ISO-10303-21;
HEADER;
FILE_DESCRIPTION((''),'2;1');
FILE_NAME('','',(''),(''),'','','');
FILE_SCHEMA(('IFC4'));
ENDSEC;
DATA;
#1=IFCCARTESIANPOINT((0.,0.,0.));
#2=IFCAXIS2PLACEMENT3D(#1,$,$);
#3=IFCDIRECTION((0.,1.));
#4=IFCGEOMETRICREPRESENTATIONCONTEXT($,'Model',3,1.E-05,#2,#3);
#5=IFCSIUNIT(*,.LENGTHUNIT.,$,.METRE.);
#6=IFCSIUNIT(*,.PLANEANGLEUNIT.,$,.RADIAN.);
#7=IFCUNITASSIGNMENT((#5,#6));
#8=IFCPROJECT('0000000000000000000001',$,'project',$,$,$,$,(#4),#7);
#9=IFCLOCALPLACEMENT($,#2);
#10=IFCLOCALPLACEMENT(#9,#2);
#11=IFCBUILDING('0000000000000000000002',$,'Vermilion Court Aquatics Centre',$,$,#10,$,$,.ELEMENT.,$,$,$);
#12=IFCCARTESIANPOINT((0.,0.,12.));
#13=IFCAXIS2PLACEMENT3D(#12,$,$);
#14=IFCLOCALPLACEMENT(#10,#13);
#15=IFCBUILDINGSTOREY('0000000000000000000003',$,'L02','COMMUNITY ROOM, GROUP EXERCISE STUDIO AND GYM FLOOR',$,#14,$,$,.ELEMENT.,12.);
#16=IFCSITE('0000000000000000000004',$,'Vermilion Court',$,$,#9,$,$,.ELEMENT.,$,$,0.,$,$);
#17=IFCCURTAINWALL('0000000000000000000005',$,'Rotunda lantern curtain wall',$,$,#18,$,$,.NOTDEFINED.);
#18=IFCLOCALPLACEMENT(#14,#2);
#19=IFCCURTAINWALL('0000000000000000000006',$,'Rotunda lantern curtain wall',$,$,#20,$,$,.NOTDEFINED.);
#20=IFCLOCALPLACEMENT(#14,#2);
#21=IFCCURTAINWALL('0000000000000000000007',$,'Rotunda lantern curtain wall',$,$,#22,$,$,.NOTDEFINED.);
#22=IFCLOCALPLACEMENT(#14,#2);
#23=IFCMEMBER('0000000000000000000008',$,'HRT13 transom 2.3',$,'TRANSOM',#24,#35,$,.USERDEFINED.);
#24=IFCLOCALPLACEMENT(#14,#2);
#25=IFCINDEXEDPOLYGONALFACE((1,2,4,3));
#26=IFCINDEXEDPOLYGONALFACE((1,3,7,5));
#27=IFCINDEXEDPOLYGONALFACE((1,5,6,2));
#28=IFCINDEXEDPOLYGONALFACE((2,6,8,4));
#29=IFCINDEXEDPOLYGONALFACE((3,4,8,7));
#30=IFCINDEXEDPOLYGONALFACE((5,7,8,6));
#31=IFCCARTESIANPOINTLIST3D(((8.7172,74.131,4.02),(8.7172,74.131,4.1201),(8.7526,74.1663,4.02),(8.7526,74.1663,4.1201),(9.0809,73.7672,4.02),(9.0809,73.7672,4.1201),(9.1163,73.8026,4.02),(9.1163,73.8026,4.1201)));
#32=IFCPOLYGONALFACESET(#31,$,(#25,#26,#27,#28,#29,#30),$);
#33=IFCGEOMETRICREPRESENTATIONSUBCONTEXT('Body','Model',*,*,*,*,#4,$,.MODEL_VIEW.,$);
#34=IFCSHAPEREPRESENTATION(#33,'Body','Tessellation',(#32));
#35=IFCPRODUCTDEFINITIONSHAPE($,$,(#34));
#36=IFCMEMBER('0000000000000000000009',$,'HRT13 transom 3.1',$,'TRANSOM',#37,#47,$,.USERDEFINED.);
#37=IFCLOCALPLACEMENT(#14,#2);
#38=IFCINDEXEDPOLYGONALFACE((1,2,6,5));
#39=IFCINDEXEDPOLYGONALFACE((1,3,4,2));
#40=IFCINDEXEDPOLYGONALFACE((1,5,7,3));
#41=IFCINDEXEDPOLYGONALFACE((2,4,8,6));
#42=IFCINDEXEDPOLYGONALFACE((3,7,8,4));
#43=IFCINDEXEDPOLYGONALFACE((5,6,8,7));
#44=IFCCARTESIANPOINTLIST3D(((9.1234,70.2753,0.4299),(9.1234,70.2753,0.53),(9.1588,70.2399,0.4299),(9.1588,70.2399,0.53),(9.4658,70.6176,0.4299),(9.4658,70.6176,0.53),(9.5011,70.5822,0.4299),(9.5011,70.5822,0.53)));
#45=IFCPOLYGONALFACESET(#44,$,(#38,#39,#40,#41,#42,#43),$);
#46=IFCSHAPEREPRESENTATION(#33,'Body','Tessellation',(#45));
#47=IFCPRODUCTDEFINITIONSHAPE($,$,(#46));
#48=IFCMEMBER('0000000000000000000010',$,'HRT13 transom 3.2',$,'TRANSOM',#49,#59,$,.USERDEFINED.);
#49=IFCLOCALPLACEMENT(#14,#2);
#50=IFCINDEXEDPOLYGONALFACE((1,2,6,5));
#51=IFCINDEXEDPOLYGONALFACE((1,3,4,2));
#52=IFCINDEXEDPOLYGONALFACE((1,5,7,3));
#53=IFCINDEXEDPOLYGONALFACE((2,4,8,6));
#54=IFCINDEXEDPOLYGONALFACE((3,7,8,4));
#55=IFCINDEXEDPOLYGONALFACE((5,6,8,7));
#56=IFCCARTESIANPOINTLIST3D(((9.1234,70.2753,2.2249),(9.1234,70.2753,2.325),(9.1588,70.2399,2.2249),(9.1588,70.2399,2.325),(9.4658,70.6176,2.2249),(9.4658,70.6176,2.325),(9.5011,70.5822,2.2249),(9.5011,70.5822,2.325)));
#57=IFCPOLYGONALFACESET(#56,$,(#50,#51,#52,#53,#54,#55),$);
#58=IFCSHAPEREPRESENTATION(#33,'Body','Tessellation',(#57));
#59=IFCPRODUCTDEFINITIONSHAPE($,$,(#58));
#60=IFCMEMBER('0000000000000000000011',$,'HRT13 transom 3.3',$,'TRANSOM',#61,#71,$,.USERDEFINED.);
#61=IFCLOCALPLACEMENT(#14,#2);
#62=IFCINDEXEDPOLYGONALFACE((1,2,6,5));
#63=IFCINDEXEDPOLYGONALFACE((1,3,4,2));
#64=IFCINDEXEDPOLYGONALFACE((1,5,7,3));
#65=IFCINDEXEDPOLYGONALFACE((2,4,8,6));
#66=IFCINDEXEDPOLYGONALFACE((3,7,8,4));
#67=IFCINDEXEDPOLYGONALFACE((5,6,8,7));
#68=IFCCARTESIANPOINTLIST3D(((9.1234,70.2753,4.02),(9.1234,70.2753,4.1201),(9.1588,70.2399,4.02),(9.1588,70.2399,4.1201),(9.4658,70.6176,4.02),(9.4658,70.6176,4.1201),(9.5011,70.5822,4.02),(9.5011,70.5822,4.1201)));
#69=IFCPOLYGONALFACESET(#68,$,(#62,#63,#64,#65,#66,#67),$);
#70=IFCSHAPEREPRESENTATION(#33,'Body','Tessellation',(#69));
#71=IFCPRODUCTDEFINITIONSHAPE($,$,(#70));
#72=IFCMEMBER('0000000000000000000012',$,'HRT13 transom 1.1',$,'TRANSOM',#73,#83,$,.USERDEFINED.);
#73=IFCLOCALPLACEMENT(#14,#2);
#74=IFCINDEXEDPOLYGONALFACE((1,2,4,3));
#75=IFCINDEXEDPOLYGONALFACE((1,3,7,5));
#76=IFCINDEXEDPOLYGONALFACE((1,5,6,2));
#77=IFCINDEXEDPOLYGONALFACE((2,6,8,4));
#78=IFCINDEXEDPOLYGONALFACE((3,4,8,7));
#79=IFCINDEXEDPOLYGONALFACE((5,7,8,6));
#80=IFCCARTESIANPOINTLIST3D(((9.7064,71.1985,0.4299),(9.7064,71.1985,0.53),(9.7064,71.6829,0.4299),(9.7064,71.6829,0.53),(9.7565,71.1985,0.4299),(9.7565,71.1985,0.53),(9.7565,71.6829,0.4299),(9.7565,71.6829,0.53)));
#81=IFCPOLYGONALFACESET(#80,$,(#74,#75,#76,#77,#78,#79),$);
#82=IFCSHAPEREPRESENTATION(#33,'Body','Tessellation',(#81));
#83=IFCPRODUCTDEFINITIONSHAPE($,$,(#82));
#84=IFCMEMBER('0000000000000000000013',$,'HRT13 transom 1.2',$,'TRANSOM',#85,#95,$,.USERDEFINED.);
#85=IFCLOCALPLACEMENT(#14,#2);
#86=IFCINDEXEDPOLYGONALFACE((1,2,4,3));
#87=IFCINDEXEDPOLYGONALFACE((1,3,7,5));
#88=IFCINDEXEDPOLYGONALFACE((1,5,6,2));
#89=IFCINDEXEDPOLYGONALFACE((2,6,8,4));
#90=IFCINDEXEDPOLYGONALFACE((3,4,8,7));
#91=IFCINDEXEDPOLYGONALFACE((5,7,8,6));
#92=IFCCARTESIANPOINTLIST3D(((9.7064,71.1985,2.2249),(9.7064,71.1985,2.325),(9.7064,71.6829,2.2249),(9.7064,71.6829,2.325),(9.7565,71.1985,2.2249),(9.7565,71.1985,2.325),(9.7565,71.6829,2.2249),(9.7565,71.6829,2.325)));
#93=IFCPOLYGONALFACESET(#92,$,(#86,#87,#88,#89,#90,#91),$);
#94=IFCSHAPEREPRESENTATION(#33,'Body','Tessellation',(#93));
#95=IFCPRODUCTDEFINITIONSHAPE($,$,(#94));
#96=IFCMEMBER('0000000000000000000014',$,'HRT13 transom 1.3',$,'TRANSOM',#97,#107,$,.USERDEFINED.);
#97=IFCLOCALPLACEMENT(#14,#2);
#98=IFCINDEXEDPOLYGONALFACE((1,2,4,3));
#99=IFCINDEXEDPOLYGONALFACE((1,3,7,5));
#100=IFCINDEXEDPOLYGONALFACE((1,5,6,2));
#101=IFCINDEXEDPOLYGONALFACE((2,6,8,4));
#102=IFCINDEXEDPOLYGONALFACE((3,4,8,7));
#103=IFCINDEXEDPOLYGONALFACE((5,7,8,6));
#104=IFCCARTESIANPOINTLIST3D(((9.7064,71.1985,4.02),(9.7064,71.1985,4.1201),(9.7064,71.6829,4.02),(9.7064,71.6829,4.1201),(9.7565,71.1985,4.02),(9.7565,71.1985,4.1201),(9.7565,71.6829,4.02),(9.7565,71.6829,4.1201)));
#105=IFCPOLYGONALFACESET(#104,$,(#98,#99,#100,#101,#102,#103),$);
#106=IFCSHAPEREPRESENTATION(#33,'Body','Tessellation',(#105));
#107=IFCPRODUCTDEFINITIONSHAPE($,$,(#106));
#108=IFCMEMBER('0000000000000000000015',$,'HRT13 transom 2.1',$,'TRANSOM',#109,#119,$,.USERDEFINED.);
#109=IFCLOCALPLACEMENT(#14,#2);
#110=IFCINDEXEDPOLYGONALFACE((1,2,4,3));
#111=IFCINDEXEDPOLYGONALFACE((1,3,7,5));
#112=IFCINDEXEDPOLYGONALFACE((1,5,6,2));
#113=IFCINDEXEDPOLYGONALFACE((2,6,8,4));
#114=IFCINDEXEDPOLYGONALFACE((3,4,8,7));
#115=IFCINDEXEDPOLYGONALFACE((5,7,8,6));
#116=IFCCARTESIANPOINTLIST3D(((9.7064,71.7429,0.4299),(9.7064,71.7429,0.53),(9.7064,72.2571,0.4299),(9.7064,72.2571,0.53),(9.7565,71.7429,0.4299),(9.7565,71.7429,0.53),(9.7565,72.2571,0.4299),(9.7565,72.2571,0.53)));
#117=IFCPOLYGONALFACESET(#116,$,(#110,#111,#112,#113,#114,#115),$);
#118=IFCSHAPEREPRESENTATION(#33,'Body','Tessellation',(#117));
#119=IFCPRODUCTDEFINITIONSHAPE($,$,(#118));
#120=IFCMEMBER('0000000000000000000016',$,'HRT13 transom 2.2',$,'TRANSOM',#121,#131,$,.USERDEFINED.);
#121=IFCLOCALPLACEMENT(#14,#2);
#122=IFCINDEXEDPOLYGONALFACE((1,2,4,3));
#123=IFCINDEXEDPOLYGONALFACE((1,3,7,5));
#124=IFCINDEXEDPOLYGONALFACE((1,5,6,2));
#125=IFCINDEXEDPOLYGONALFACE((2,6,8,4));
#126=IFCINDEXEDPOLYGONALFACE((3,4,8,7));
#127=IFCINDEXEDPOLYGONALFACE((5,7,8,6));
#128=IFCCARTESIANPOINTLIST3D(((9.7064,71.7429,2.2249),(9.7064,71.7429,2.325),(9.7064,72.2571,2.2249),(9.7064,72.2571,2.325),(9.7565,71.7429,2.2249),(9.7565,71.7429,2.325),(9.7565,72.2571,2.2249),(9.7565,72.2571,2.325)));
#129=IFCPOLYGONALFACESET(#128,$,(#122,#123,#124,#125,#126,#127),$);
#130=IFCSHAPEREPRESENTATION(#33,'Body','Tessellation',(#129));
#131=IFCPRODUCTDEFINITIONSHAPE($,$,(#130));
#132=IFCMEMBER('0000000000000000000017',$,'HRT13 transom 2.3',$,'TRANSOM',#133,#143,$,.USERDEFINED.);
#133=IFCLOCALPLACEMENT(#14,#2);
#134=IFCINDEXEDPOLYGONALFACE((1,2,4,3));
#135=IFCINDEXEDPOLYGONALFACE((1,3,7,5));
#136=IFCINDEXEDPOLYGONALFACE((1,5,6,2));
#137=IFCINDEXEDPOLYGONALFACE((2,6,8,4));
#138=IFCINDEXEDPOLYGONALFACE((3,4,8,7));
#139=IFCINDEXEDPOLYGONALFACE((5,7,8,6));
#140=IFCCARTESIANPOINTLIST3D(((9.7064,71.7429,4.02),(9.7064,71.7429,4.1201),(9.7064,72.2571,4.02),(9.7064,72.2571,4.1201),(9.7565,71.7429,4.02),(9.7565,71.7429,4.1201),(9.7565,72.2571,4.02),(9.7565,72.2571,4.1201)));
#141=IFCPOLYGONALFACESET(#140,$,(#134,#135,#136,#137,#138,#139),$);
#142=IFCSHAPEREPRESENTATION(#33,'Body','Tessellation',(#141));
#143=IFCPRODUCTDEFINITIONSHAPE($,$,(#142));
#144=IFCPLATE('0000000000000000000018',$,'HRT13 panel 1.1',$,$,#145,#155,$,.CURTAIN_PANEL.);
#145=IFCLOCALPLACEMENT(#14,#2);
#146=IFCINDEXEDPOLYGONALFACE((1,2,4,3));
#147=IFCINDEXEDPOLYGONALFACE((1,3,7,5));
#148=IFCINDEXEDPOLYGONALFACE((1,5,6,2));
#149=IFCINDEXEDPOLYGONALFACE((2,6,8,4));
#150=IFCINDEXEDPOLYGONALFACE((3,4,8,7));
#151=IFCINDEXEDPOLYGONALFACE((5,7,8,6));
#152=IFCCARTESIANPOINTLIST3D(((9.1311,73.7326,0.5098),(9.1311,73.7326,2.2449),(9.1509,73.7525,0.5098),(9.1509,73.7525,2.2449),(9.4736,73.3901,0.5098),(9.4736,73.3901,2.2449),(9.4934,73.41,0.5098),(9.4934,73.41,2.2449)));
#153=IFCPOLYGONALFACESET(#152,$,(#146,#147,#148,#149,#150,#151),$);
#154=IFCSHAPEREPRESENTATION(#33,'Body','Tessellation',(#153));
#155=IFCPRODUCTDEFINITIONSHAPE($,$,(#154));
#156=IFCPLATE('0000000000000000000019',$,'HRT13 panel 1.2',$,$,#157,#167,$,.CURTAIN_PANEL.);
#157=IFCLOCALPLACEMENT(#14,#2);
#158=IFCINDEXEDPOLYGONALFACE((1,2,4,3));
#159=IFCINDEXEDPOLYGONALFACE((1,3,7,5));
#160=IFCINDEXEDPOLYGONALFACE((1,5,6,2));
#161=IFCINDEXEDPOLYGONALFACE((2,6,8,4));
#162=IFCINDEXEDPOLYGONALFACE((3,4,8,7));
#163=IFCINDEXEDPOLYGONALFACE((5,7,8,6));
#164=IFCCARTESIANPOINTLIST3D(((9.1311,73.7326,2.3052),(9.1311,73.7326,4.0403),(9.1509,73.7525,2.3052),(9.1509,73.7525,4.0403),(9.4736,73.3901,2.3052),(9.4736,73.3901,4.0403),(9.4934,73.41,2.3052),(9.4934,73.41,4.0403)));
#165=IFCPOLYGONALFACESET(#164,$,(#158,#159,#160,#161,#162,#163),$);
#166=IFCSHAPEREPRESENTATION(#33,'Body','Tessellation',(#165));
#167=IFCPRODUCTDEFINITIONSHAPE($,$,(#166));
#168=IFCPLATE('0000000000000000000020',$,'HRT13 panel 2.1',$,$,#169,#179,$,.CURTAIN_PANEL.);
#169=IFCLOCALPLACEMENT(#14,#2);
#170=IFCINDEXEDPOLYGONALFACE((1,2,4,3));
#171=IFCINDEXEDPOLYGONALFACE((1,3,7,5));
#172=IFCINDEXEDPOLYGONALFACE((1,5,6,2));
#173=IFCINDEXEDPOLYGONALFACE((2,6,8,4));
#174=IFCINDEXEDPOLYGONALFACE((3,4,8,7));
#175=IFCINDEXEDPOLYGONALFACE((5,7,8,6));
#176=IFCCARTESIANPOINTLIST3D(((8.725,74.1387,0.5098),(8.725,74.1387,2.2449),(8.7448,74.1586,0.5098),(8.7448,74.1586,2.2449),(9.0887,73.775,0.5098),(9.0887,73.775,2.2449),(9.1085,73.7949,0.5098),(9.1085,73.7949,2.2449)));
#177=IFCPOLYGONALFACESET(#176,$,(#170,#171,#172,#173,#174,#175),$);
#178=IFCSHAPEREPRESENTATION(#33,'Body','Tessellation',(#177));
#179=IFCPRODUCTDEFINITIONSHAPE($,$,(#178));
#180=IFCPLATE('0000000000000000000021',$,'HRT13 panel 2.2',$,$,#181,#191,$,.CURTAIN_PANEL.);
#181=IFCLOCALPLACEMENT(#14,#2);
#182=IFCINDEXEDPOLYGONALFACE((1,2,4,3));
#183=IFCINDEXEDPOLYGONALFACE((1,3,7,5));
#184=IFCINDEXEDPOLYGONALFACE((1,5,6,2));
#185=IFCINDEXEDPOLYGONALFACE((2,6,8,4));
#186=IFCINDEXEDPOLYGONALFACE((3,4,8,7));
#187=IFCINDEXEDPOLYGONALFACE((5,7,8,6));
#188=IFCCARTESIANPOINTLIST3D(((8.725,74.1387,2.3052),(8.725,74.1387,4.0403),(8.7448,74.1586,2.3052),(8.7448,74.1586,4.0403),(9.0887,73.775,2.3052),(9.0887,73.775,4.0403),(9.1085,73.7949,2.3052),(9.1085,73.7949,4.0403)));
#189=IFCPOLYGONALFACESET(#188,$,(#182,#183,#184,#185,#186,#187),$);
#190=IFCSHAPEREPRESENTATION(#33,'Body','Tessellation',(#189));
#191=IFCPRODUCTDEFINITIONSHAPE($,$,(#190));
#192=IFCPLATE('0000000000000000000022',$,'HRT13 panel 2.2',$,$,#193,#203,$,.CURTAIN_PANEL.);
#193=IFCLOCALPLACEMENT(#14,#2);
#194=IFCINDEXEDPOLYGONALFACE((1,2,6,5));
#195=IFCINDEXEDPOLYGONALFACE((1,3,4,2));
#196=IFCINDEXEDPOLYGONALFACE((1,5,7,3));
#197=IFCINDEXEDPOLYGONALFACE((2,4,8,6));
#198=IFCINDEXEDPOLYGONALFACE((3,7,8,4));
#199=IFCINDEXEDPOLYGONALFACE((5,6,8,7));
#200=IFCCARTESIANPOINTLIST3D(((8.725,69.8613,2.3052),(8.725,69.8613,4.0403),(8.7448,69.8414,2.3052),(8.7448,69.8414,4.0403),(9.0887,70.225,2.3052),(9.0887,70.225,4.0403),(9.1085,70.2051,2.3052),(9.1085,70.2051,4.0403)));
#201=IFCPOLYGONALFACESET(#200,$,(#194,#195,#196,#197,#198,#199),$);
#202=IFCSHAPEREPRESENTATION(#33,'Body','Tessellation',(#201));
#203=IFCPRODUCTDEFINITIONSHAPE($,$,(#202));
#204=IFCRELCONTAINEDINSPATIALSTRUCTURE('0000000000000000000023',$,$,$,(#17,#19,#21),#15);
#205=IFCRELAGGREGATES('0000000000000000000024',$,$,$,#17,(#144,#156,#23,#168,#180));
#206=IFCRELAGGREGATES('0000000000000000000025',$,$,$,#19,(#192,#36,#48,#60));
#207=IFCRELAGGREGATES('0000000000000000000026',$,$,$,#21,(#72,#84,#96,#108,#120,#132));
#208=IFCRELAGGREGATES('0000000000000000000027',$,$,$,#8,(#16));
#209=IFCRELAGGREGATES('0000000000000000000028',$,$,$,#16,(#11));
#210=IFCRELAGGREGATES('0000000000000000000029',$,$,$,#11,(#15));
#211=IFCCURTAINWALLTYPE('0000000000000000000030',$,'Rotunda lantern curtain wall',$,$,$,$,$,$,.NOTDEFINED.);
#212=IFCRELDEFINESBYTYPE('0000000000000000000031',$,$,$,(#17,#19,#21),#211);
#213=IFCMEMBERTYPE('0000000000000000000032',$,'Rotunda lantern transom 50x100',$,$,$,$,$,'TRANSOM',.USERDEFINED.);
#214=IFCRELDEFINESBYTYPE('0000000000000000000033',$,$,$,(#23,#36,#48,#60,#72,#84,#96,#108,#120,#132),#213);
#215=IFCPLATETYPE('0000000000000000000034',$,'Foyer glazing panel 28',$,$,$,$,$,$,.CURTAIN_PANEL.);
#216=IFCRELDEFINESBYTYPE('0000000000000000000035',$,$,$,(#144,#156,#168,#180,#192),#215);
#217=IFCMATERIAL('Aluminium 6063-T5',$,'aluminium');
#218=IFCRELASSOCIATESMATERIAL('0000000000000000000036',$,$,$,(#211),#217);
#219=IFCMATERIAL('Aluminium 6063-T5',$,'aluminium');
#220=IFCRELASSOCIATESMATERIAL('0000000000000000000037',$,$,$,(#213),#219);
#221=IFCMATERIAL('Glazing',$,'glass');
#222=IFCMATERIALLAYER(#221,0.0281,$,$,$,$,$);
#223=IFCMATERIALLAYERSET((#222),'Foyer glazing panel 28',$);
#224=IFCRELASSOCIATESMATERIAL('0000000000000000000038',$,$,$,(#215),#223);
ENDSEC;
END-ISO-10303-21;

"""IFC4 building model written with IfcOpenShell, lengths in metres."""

from ifc_helpers import new_model, si_unit, direction, frame, origin, origin_2d, place, context, subcontext, project, spatial, rectangle, extrude, material, layer, layer_set, material_profile, profile_set, type_object, element, aggregate, save


model = new_model("IFC4")

# Units and contexts
model_context = context("Model", 3, precision=1e-05, world=origin(), true_north=direction((0.0, 1.0)))
body_context = subcontext(model_context, "Body", "Model", "MODEL_VIEW")
ifc_project = project(units=[si_unit("LENGTHUNIT", "METRE"), si_unit("PLANEANGLEUNIT", "RADIAN")], contexts=[model_context])

# Site, building, storey
site_placement = place(None, origin())
site = spatial("IfcSite", under=ifc_project, at=site_placement, Name="Vermilion Court", CompositionType="ELEMENT", RefElevation=0.0)
building_placement = place(site_placement, origin())
building = spatial("IfcBuilding", under=site, at=building_placement, Name="Vermilion Court Aquatics Centre", CompositionType="ELEMENT")
storey_placement = place(building_placement, frame((0.0, 0.0, 12.0)))
storey = spatial("IfcBuildingStorey", under=building, at=storey_placement, Name="L02", Description="COMMUNITY ROOM, GROUP EXERCISE STUDIO AND GYM FLOOR", CompositionType="ELEMENT", Elevation=12.0)

# Curtain walls
ifc_material_1 = material(Name="Aluminium 6063-T5", Category="aluminium")
curtain_wall_type = type_object("IfcCurtainWallType", Name="Rotunda lantern curtain wall", PredefinedType="NOTDEFINED", material=ifc_material_1)
curtain_wall_1_placement = place(storey_placement, origin())
curtain_wall_1 = element("IfcCurtainWall", 1, at=curtain_wall_1_placement, inside=storey, type_object=curtain_wall_type, Name="Rotunda lantern curtain wall", PredefinedType="NOTDEFINED")
curtain_wall_2_placement = place(storey_placement, origin())
curtain_wall_2 = element("IfcCurtainWall", 2, at=curtain_wall_2_placement, inside=storey, type_object=curtain_wall_type, Name="Rotunda lantern curtain wall", PredefinedType="NOTDEFINED")
curtain_wall_3_placement = place(storey_placement, origin())
curtain_wall_3 = element("IfcCurtainWall", 3, at=curtain_wall_3_placement, inside=storey, type_object=curtain_wall_type, Name="Rotunda lantern curtain wall", PredefinedType="NOTDEFINED")

# Members
ifc_material_2 = material(Name="Aluminium 6063-T5", Category="aluminium")
ifc_material_profile_1 = material_profile(ifc_material_2, rectangle(XDim=0.05, YDim=0.1001, at=origin_2d()), Name="Aluminium 50x100")
ifc_profile_set_1 = profile_set([ifc_material_profile_1], Name="Aluminium 6063-T5")
member_type_1 = type_object("IfcMemberType", Name="Rotunda lantern transom 50x100", ElementType="TRANSOM", PredefinedType="USERDEFINED", material=ifc_profile_set_1)
member_1_placement = place(storey_placement, frame((9.0986, 73.7849, 4.0701), z_axis=(-0.707107, 0.707107, 0.0), x_axis=(-0.707107, -0.707107, 0.0)))
member_1 = element("IfcMember", 4, at=member_1_placement, type_object=member_type_1, Name="HRT13 transom 2.3", ObjectType="TRANSOM", PredefinedType="USERDEFINED", context=body_context, shape_type="SweptSolid", body=[
    extrude(rectangle(XDim=0.05, YDim=0.1001, at=origin_2d()), origin(), (0.0, 0.0, 1.0), 0.5144),
])
member_2_placement = place(storey_placement, frame((9.1411, 70.2576, 0.48), z_axis=(0.707107, 0.707107, 0.0), x_axis=(-0.707107, 0.707107, 0.0)))
member_2 = element("IfcMember", 5, at=member_2_placement, type_object=member_type_1, Name="HRT13 transom 3.1", ObjectType="TRANSOM", PredefinedType="USERDEFINED", context=body_context, shape_type="SweptSolid", body=[
    extrude(rectangle(XDim=0.05, YDim=0.1001, at=origin_2d()), origin(), (0.0, 0.0, 1.0), 0.4841),
])
member_3_placement = place(storey_placement, frame((9.1411, 70.2576, 2.2749), z_axis=(0.707107, 0.707107, 0.0), x_axis=(-0.707107, 0.707107, 0.0)))
member_3 = element("IfcMember", 6, at=member_3_placement, type_object=member_type_1, Name="HRT13 transom 3.2", ObjectType="TRANSOM", PredefinedType="USERDEFINED", context=body_context, shape_type="SweptSolid", body=[
    extrude(rectangle(XDim=0.05, YDim=0.1001, at=origin_2d()), origin(), (0.0, 0.0, 1.0), 0.4841),
])
member_4_placement = place(storey_placement, frame((9.1411, 70.2576, 4.0701), z_axis=(0.707107, 0.707107, 0.0), x_axis=(-0.707107, 0.707107, 0.0)))
member_4 = element("IfcMember", 7, at=member_4_placement, type_object=member_type_1, Name="HRT13 transom 3.3", ObjectType="TRANSOM", PredefinedType="USERDEFINED", context=body_context, shape_type="SweptSolid", body=[
    extrude(rectangle(XDim=0.05, YDim=0.1001, at=origin_2d()), origin(), (0.0, 0.0, 1.0), 0.4841),
])
member_5_placement = place(storey_placement, frame((9.7314, 71.1985, 0.48), z_axis=(0.0, 1.0, 0.0), x_axis=(-1.0, 0.0, 0.0)))
member_5 = element("IfcMember", 8, at=member_5_placement, type_object=member_type_1, Name="HRT13 transom 1.1", ObjectType="TRANSOM", PredefinedType="USERDEFINED", context=body_context, shape_type="SweptSolid", body=[
    extrude(rectangle(XDim=0.05, YDim=0.1001, at=origin_2d()), origin(), (0.0, 0.0, 1.0), 0.4844),
])
member_6_placement = place(storey_placement, frame((9.7314, 71.1985, 2.2749), z_axis=(0.0, 1.0, 0.0), x_axis=(-1.0, 0.0, 0.0)))
member_6 = element("IfcMember", 9, at=member_6_placement, type_object=member_type_1, Name="HRT13 transom 1.2", ObjectType="TRANSOM", PredefinedType="USERDEFINED", context=body_context, shape_type="SweptSolid", body=[
    extrude(rectangle(XDim=0.05, YDim=0.1001, at=origin_2d()), origin(), (0.0, 0.0, 1.0), 0.4844),
])
member_7_placement = place(storey_placement, frame((9.7314, 71.1985, 4.0701), z_axis=(0.0, 1.0, 0.0), x_axis=(-1.0, 0.0, 0.0)))
member_7 = element("IfcMember", 10, at=member_7_placement, type_object=member_type_1, Name="HRT13 transom 1.3", ObjectType="TRANSOM", PredefinedType="USERDEFINED", context=body_context, shape_type="SweptSolid", body=[
    extrude(rectangle(XDim=0.05, YDim=0.1001, at=origin_2d()), origin(), (0.0, 0.0, 1.0), 0.4844),
])
member_8_placement = place(storey_placement, frame((9.7314, 71.7429, 0.48), z_axis=(0.0, 1.0, 0.0), x_axis=(-1.0, 0.0, 0.0)))
member_8 = element("IfcMember", 11, at=member_8_placement, type_object=member_type_1, Name="HRT13 transom 2.1", ObjectType="TRANSOM", PredefinedType="USERDEFINED", context=body_context, shape_type="SweptSolid", body=[
    extrude(rectangle(XDim=0.05, YDim=0.1001, at=origin_2d()), origin(), (0.0, 0.0, 1.0), 0.5142),
])
member_9_placement = place(storey_placement, frame((9.7314, 71.7429, 2.2749), z_axis=(0.0, 1.0, 0.0), x_axis=(-1.0, 0.0, 0.0)))
member_9 = element("IfcMember", 12, at=member_9_placement, type_object=member_type_1, Name="HRT13 transom 2.2", ObjectType="TRANSOM", PredefinedType="USERDEFINED", context=body_context, shape_type="SweptSolid", body=[
    extrude(rectangle(XDim=0.05, YDim=0.1001, at=origin_2d()), origin(), (0.0, 0.0, 1.0), 0.5142),
])
member_10_placement = place(storey_placement, frame((9.7314, 71.7429, 4.0701), z_axis=(0.0, 1.0, 0.0), x_axis=(-1.0, 0.0, 0.0)))
member_10 = element("IfcMember", 13, at=member_10_placement, type_object=member_type_1, Name="HRT13 transom 2.3", ObjectType="TRANSOM", PredefinedType="USERDEFINED", context=body_context, shape_type="SweptSolid", body=[
    extrude(rectangle(XDim=0.05, YDim=0.1001, at=origin_2d()), origin(), (0.0, 0.0, 1.0), 0.5142),
])

# Plates
ifc_material_3 = material(Name="Glazing", Category="glass")
ifc_layer_1 = layer(ifc_material_3, 0.0281)
ifc_layer_set_1 = layer_set([ifc_layer_1], Name="Foyer glazing panel 28")
plate_type = type_object("IfcPlateType", Name="Foyer glazing panel 28", PredefinedType="CURTAIN_PANEL", material=ifc_layer_set_1)
plate_1_placement = place(storey_placement, frame((9.3123, 73.5713, 0.5098), z_axis=(0.0, 0.0, 1.0), x_axis=(-0.707107, 0.707107, 0.0)))
plate_1 = element("IfcPlate", 14, at=plate_1_placement, type_object=plate_type, Name="HRT13 panel 1.1", PredefinedType="CURTAIN_PANEL", context=body_context, shape_type="SweptSolid", body=[
    extrude(rectangle(XDim=0.4844, YDim=0.0281, at=origin_2d()), origin(), (0.0, 0.0, 1.0), 1.7351),
])
plate_2_placement = place(storey_placement, frame((9.3123, 73.5713, 2.3052), z_axis=(0.0, 0.0, 1.0), x_axis=(-0.707107, 0.707107, 0.0)))
plate_2 = element("IfcPlate", 15, at=plate_2_placement, type_object=plate_type, Name="HRT13 panel 1.2", PredefinedType="CURTAIN_PANEL", context=body_context, shape_type="SweptSolid", body=[
    extrude(rectangle(XDim=0.4844, YDim=0.0281, at=origin_2d()), origin(), (0.0, 0.0, 1.0), 1.7351),
])
plate_3_placement = place(storey_placement, frame((8.9167, 73.9668, 0.5098), z_axis=(0.0, 0.0, 1.0), x_axis=(-0.707107, 0.707107, 0.0)))
plate_3 = element("IfcPlate", 16, at=plate_3_placement, type_object=plate_type, Name="HRT13 panel 2.1", PredefinedType="CURTAIN_PANEL", context=body_context, shape_type="SweptSolid", body=[
    extrude(rectangle(XDim=0.5144, YDim=0.0281, at=origin_2d()), origin(), (0.0, 0.0, 1.0), 1.7351),
])
plate_4_placement = place(storey_placement, frame((8.9167, 73.9668, 2.3052), z_axis=(0.0, 0.0, 1.0), x_axis=(-0.707107, 0.707107, 0.0)))
plate_4 = element("IfcPlate", 17, at=plate_4_placement, type_object=plate_type, Name="HRT13 panel 2.2", PredefinedType="CURTAIN_PANEL", context=body_context, shape_type="SweptSolid", body=[
    extrude(rectangle(XDim=0.5144, YDim=0.0281, at=origin_2d()), origin(), (0.0, 0.0, 1.0), 1.7351),
])
aggregate(curtain_wall_1, [plate_1, plate_2, member_1, plate_3, plate_4])
plate_5_placement = place(storey_placement, frame((8.9167, 70.0332, 2.3052), z_axis=(0.0, 0.0, 1.0), x_axis=(0.707107, 0.707107, 0.0)))
plate_5 = element("IfcPlate", 18, at=plate_5_placement, type_object=plate_type, Name="HRT13 panel 2.2", PredefinedType="CURTAIN_PANEL", context=body_context, shape_type="SweptSolid", body=[
    extrude(rectangle(XDim=0.5144, YDim=0.0281, at=origin_2d()), origin(), (0.0, 0.0, 1.0), 1.7351),
])
aggregate(curtain_wall_2, [plate_5, member_2, member_3, member_4])
aggregate(curtain_wall_3, [member_5, member_6, member_7, member_8, member_9, member_10])

save(model, "model.ifc")
